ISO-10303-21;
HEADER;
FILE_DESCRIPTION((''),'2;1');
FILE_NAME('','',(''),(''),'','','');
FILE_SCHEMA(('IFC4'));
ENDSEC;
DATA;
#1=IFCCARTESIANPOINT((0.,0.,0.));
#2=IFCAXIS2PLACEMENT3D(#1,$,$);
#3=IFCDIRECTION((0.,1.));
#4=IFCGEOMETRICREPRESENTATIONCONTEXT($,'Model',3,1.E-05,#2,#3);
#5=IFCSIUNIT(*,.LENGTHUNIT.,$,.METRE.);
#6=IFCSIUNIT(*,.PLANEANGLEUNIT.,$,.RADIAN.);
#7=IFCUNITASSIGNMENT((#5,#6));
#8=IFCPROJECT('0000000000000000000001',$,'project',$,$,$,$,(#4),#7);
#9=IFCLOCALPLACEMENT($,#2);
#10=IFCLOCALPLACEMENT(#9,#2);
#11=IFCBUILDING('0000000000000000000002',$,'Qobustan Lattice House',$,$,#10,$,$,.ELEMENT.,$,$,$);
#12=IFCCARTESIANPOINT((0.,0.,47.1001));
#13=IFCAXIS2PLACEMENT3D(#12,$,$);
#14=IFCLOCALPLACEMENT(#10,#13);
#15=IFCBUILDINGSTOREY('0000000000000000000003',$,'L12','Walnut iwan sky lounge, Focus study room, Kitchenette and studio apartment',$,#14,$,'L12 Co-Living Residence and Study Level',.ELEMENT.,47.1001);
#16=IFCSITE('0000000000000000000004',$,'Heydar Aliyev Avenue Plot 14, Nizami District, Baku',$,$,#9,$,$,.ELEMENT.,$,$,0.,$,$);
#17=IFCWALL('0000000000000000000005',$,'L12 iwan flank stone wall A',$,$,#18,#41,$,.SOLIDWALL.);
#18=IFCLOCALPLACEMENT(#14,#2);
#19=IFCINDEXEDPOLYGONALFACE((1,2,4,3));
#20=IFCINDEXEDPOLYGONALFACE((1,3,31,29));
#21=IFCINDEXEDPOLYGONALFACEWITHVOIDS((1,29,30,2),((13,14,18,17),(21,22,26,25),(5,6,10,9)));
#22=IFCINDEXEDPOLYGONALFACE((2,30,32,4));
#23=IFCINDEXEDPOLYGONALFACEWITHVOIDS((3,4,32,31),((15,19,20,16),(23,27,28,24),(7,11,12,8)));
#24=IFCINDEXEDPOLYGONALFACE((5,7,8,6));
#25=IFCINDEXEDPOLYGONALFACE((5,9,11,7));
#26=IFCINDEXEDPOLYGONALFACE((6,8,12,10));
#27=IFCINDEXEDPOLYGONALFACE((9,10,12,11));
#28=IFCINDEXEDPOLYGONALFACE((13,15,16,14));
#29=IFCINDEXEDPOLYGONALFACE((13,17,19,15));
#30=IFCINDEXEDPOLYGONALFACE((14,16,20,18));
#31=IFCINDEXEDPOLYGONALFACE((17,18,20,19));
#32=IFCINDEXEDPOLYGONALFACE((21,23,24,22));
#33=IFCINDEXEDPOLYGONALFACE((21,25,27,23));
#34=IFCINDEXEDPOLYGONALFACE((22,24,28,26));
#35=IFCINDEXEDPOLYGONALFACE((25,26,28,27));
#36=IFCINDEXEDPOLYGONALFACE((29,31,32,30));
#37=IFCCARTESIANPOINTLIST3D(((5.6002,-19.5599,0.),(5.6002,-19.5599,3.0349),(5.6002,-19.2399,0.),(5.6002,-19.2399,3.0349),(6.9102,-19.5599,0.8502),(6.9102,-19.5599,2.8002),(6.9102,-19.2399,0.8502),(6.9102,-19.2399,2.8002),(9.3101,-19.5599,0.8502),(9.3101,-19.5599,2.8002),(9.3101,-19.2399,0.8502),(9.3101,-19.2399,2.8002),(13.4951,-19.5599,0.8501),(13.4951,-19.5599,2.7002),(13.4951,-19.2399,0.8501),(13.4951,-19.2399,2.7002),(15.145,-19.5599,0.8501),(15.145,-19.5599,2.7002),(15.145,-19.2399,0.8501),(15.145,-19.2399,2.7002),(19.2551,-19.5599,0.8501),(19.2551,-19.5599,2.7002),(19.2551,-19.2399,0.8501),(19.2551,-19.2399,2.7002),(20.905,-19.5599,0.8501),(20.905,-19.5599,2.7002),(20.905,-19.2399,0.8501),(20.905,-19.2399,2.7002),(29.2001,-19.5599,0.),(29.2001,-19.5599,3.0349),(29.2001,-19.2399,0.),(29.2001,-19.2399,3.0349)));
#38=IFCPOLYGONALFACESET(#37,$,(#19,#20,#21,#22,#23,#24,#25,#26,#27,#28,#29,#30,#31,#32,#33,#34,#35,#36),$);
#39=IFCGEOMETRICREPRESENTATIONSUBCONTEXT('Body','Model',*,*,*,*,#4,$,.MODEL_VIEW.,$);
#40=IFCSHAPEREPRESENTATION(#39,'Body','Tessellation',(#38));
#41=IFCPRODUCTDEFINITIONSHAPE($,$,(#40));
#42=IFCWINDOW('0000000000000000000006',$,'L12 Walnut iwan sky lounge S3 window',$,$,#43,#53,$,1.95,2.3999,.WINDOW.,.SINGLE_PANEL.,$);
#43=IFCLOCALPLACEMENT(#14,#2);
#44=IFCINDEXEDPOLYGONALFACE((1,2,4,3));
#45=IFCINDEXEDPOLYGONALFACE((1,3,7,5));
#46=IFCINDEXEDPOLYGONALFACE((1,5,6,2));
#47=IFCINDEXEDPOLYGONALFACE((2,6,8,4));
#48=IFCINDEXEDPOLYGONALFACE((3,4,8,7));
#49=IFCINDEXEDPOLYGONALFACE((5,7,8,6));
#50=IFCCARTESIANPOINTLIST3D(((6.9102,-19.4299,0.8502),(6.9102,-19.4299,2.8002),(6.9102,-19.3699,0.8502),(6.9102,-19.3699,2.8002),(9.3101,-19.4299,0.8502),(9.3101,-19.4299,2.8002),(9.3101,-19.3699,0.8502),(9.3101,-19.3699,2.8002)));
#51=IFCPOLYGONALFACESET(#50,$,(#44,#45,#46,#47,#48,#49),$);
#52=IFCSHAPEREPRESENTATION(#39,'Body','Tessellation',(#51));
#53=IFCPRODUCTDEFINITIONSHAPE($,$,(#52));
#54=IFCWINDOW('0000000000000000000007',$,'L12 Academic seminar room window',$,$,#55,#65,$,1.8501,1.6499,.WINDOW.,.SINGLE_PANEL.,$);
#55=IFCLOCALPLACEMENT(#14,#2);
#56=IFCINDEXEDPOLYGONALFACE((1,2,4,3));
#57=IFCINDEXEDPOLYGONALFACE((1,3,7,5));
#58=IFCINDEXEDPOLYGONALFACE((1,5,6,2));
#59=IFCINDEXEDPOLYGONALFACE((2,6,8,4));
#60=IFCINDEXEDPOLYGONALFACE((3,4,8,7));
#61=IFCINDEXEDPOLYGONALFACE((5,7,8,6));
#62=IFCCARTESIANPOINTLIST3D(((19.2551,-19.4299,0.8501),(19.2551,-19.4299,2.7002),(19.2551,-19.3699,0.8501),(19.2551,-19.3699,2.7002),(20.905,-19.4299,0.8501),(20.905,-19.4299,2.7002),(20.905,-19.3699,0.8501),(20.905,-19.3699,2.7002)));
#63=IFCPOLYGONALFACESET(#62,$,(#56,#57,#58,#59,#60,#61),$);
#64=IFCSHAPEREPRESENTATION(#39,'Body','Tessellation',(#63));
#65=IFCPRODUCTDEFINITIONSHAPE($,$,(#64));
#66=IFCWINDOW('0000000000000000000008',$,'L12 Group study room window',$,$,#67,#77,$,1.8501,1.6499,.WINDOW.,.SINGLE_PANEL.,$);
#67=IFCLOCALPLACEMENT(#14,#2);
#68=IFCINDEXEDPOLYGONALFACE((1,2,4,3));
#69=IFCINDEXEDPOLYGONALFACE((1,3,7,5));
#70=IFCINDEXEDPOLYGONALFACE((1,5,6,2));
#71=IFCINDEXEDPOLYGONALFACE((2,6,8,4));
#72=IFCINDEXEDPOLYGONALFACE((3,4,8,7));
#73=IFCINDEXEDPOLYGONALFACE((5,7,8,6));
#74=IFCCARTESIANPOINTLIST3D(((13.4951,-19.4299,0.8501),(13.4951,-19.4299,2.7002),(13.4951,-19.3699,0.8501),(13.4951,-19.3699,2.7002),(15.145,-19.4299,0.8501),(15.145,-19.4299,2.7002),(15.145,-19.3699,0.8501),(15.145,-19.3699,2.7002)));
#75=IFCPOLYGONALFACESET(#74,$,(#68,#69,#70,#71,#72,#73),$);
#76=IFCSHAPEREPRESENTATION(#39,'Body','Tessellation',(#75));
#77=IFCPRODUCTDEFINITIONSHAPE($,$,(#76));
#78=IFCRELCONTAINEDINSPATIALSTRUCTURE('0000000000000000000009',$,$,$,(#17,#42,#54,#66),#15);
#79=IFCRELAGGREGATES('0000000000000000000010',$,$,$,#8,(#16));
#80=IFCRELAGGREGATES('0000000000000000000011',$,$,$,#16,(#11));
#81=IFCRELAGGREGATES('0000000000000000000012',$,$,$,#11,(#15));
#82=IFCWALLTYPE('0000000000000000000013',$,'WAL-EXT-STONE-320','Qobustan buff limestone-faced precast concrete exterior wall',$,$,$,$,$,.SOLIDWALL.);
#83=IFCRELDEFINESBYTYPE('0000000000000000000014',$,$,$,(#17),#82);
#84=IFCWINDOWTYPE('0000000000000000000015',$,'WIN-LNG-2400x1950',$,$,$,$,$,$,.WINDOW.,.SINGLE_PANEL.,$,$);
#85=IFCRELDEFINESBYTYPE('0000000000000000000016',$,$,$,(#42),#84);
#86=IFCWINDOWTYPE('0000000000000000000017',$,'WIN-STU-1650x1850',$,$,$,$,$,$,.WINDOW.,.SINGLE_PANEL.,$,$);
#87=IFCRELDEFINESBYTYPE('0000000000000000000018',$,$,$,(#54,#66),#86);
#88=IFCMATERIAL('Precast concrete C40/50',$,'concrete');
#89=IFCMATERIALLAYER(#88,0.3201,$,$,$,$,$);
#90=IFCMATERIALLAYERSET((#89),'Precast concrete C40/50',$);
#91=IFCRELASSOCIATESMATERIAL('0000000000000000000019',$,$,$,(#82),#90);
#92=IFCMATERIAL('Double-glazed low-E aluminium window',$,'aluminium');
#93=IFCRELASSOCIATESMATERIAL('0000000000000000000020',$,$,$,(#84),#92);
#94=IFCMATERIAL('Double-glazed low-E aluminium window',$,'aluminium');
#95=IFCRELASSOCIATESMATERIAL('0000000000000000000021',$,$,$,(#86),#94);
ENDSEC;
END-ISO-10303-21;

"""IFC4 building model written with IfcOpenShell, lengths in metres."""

from ifc_helpers import new_model, si_unit, direction, frame, frame_2d, origin, place, context, subcontext, project, spatial, rectangle, extrude, material, layer, layer_set, type_object, element, fill, save


model = new_model("IFC4")

# Units and contexts
model_context = context("Model", 3, precision=1e-05, world=origin(), true_north=direction((0.0, 1.0)))
body_context = subcontext(model_context, "Body", "Model", "MODEL_VIEW")
ifc_project = project(units=[si_unit("LENGTHUNIT", "METRE"), si_unit("PLANEANGLEUNIT", "RADIAN")], contexts=[model_context])

# Site, building, storey
site_placement = place(None, origin())
site = spatial("IfcSite", under=ifc_project, at=site_placement, Name="Heydar Aliyev Avenue Plot 14, Nizami District, Baku", CompositionType="ELEMENT", RefElevation=0.0)
building_placement = place(site_placement, origin())
building = spatial("IfcBuilding", under=site, at=building_placement, Name="Qobustan Lattice House", CompositionType="ELEMENT")
storey_placement = place(building_placement, frame((0.0, 0.0, 47.1001)))
storey = spatial("IfcBuildingStorey", under=building, at=storey_placement, Name="L12", Description="Walnut iwan sky lounge, Focus study room, Kitchenette and studio apartment", LongName="L12 Co-Living Residence and Study Level", CompositionType="ELEMENT", Elevation=47.1001)

# Shared definitions
ifc_material_1 = material(Name="Precast concrete C40/50", Category="concrete")
ifc_layer_1 = layer(ifc_material_1, 0.3201)
ifc_layer_set_1 = layer_set([ifc_layer_1], Name="Precast concrete C40/50")
wall_type = type_object("IfcWallType", Name="WAL-EXT-STONE-320", Description="Qobustan buff limestone-faced precast concrete exterior wall", PredefinedType="SOLIDWALL", material=ifc_layer_set_1)

# Wall, openings, windows
wall_1_placement = place(storey_placement, frame((29.2, -19.3999, 0.0), z_axis=(0.0, 0.0, 1.0), x_axis=(-1.0, 0.0, 0.0)))
wall_1 = element("IfcWall", 1, at=wall_1_placement, inside=storey, type_object=wall_type, Name="L12 iwan flank stone wall A", PredefinedType="SOLIDWALL", context=body_context, shape_type="SweptSolid", body=[
    extrude(rectangle(XDim=23.5999, YDim=0.3201, at=frame_2d((11.7998, 0.0))), origin(), (0.0, 0.0, 1.0), 3.0349),
])
opening_1_placement = place(wall_1_placement, frame((8.2949, 0.0, 0.8501)))
opening_1 = element("IfcOpeningElement", 2, at=opening_1_placement, cuts=wall_1, PredefinedType="OPENING", context=body_context, shape_type="SweptSolid", body=[
    extrude(rectangle(XDim=1.6499, YDim=1.8501, at=frame_2d((0.825, 0.925))), frame((0.0, 0.1699, 0.0), z_axis=(0.0, -1.0, 0.0), x_axis=(1.0, 0.0, 0.0)), (0.0, 0.0, 1.0), 0.3401),
])
opening_2_placement = place(wall_1_placement, frame((14.0549, 0.0, 0.8501)))
opening_2 = element("IfcOpeningElement", 3, at=opening_2_placement, cuts=wall_1, PredefinedType="OPENING", context=body_context, shape_type="SweptSolid", body=[
    extrude(rectangle(XDim=1.6499, YDim=1.8501, at=frame_2d((0.825, 0.925))), frame((0.0, 0.1699, 0.0), z_axis=(0.0, -1.0, 0.0), x_axis=(1.0, 0.0, 0.0)), (0.0, 0.0, 1.0), 0.3401),
])
opening_3_placement = place(wall_1_placement, frame((19.8899, 0.0, 0.8501)))
opening_3 = element("IfcOpeningElement", 4, at=opening_3_placement, cuts=wall_1, PredefinedType="OPENING", context=body_context, shape_type="SweptSolid", body=[
    extrude(rectangle(XDim=2.3999, YDim=1.95, at=frame_2d((1.2, 0.9751))), frame((0.0, 0.1699, 0.0), z_axis=(0.0, -1.0, 0.0), x_axis=(1.0, 0.0, 0.0)), (0.0, 0.0, 1.0), 0.3401),
])
ifc_material_2 = material(Name="Double-glazed low-E aluminium window", Category="aluminium")
window_type_1 = type_object("IfcWindowType", Name="WIN-LNG-2400x1950", PartitioningType="SINGLE_PANEL", PredefinedType="WINDOW", material=ifc_material_2)
window_1_placement = place(opening_3_placement, origin())
window_1 = element("IfcWindow", 5, at=window_1_placement, inside=storey, type_object=window_type_1, Name="L12 Walnut iwan sky lounge S3 window", OverallHeight=1.95, OverallWidth=2.3999, PartitioningType="SINGLE_PANEL", PredefinedType="WINDOW", context=body_context, shape_type="SweptSolid", body=[
    extrude(rectangle(XDim=2.3999, YDim=1.95, at=frame_2d((1.2, 0.9751))), frame((0.0, 0.03, 0.0), z_axis=(0.0, -1.0, 0.0), x_axis=(1.0, 0.0, 0.0)), (0.0, 0.0, 1.0), 0.0601),
])
fill(opening_3, window_1)
ifc_material_3 = material(Name="Double-glazed low-E aluminium window", Category="aluminium")
window_type_2 = type_object("IfcWindowType", Name="WIN-STU-1650x1850", PartitioningType="SINGLE_PANEL", PredefinedType="WINDOW", material=ifc_material_3)
window_2_placement = place(opening_1_placement, origin())
window_2 = element("IfcWindow", 6, at=window_2_placement, inside=storey, type_object=window_type_2, Name="L12 Academic seminar room window", OverallHeight=1.8501, OverallWidth=1.6499, PartitioningType="SINGLE_PANEL", PredefinedType="WINDOW", context=body_context, shape_type="SweptSolid", body=[
    extrude(rectangle(XDim=1.6499, YDim=1.8501, at=frame_2d((0.825, 0.925))), frame((0.0, 0.03, 0.0), z_axis=(0.0, -1.0, 0.0), x_axis=(1.0, 0.0, 0.0)), (0.0, 0.0, 1.0), 0.0601),
])
fill(opening_1, window_2)
window_3_placement = place(opening_2_placement, origin())
window_3 = element("IfcWindow", 7, at=window_3_placement, inside=storey, type_object=window_type_2, Name="L12 Group study room window", OverallHeight=1.8501, OverallWidth=1.6499, PartitioningType="SINGLE_PANEL", PredefinedType="WINDOW", context=body_context, shape_type="SweptSolid", body=[
    extrude(rectangle(XDim=1.6499, YDim=1.8501, at=frame_2d((0.825, 0.925))), frame((0.0, 0.03, 0.0), z_axis=(0.0, -1.0, 0.0), x_axis=(1.0, 0.0, 0.0)), (0.0, 0.0, 1.0), 0.0601),
])
fill(opening_2, window_3)

save(model, "model.ifc")
